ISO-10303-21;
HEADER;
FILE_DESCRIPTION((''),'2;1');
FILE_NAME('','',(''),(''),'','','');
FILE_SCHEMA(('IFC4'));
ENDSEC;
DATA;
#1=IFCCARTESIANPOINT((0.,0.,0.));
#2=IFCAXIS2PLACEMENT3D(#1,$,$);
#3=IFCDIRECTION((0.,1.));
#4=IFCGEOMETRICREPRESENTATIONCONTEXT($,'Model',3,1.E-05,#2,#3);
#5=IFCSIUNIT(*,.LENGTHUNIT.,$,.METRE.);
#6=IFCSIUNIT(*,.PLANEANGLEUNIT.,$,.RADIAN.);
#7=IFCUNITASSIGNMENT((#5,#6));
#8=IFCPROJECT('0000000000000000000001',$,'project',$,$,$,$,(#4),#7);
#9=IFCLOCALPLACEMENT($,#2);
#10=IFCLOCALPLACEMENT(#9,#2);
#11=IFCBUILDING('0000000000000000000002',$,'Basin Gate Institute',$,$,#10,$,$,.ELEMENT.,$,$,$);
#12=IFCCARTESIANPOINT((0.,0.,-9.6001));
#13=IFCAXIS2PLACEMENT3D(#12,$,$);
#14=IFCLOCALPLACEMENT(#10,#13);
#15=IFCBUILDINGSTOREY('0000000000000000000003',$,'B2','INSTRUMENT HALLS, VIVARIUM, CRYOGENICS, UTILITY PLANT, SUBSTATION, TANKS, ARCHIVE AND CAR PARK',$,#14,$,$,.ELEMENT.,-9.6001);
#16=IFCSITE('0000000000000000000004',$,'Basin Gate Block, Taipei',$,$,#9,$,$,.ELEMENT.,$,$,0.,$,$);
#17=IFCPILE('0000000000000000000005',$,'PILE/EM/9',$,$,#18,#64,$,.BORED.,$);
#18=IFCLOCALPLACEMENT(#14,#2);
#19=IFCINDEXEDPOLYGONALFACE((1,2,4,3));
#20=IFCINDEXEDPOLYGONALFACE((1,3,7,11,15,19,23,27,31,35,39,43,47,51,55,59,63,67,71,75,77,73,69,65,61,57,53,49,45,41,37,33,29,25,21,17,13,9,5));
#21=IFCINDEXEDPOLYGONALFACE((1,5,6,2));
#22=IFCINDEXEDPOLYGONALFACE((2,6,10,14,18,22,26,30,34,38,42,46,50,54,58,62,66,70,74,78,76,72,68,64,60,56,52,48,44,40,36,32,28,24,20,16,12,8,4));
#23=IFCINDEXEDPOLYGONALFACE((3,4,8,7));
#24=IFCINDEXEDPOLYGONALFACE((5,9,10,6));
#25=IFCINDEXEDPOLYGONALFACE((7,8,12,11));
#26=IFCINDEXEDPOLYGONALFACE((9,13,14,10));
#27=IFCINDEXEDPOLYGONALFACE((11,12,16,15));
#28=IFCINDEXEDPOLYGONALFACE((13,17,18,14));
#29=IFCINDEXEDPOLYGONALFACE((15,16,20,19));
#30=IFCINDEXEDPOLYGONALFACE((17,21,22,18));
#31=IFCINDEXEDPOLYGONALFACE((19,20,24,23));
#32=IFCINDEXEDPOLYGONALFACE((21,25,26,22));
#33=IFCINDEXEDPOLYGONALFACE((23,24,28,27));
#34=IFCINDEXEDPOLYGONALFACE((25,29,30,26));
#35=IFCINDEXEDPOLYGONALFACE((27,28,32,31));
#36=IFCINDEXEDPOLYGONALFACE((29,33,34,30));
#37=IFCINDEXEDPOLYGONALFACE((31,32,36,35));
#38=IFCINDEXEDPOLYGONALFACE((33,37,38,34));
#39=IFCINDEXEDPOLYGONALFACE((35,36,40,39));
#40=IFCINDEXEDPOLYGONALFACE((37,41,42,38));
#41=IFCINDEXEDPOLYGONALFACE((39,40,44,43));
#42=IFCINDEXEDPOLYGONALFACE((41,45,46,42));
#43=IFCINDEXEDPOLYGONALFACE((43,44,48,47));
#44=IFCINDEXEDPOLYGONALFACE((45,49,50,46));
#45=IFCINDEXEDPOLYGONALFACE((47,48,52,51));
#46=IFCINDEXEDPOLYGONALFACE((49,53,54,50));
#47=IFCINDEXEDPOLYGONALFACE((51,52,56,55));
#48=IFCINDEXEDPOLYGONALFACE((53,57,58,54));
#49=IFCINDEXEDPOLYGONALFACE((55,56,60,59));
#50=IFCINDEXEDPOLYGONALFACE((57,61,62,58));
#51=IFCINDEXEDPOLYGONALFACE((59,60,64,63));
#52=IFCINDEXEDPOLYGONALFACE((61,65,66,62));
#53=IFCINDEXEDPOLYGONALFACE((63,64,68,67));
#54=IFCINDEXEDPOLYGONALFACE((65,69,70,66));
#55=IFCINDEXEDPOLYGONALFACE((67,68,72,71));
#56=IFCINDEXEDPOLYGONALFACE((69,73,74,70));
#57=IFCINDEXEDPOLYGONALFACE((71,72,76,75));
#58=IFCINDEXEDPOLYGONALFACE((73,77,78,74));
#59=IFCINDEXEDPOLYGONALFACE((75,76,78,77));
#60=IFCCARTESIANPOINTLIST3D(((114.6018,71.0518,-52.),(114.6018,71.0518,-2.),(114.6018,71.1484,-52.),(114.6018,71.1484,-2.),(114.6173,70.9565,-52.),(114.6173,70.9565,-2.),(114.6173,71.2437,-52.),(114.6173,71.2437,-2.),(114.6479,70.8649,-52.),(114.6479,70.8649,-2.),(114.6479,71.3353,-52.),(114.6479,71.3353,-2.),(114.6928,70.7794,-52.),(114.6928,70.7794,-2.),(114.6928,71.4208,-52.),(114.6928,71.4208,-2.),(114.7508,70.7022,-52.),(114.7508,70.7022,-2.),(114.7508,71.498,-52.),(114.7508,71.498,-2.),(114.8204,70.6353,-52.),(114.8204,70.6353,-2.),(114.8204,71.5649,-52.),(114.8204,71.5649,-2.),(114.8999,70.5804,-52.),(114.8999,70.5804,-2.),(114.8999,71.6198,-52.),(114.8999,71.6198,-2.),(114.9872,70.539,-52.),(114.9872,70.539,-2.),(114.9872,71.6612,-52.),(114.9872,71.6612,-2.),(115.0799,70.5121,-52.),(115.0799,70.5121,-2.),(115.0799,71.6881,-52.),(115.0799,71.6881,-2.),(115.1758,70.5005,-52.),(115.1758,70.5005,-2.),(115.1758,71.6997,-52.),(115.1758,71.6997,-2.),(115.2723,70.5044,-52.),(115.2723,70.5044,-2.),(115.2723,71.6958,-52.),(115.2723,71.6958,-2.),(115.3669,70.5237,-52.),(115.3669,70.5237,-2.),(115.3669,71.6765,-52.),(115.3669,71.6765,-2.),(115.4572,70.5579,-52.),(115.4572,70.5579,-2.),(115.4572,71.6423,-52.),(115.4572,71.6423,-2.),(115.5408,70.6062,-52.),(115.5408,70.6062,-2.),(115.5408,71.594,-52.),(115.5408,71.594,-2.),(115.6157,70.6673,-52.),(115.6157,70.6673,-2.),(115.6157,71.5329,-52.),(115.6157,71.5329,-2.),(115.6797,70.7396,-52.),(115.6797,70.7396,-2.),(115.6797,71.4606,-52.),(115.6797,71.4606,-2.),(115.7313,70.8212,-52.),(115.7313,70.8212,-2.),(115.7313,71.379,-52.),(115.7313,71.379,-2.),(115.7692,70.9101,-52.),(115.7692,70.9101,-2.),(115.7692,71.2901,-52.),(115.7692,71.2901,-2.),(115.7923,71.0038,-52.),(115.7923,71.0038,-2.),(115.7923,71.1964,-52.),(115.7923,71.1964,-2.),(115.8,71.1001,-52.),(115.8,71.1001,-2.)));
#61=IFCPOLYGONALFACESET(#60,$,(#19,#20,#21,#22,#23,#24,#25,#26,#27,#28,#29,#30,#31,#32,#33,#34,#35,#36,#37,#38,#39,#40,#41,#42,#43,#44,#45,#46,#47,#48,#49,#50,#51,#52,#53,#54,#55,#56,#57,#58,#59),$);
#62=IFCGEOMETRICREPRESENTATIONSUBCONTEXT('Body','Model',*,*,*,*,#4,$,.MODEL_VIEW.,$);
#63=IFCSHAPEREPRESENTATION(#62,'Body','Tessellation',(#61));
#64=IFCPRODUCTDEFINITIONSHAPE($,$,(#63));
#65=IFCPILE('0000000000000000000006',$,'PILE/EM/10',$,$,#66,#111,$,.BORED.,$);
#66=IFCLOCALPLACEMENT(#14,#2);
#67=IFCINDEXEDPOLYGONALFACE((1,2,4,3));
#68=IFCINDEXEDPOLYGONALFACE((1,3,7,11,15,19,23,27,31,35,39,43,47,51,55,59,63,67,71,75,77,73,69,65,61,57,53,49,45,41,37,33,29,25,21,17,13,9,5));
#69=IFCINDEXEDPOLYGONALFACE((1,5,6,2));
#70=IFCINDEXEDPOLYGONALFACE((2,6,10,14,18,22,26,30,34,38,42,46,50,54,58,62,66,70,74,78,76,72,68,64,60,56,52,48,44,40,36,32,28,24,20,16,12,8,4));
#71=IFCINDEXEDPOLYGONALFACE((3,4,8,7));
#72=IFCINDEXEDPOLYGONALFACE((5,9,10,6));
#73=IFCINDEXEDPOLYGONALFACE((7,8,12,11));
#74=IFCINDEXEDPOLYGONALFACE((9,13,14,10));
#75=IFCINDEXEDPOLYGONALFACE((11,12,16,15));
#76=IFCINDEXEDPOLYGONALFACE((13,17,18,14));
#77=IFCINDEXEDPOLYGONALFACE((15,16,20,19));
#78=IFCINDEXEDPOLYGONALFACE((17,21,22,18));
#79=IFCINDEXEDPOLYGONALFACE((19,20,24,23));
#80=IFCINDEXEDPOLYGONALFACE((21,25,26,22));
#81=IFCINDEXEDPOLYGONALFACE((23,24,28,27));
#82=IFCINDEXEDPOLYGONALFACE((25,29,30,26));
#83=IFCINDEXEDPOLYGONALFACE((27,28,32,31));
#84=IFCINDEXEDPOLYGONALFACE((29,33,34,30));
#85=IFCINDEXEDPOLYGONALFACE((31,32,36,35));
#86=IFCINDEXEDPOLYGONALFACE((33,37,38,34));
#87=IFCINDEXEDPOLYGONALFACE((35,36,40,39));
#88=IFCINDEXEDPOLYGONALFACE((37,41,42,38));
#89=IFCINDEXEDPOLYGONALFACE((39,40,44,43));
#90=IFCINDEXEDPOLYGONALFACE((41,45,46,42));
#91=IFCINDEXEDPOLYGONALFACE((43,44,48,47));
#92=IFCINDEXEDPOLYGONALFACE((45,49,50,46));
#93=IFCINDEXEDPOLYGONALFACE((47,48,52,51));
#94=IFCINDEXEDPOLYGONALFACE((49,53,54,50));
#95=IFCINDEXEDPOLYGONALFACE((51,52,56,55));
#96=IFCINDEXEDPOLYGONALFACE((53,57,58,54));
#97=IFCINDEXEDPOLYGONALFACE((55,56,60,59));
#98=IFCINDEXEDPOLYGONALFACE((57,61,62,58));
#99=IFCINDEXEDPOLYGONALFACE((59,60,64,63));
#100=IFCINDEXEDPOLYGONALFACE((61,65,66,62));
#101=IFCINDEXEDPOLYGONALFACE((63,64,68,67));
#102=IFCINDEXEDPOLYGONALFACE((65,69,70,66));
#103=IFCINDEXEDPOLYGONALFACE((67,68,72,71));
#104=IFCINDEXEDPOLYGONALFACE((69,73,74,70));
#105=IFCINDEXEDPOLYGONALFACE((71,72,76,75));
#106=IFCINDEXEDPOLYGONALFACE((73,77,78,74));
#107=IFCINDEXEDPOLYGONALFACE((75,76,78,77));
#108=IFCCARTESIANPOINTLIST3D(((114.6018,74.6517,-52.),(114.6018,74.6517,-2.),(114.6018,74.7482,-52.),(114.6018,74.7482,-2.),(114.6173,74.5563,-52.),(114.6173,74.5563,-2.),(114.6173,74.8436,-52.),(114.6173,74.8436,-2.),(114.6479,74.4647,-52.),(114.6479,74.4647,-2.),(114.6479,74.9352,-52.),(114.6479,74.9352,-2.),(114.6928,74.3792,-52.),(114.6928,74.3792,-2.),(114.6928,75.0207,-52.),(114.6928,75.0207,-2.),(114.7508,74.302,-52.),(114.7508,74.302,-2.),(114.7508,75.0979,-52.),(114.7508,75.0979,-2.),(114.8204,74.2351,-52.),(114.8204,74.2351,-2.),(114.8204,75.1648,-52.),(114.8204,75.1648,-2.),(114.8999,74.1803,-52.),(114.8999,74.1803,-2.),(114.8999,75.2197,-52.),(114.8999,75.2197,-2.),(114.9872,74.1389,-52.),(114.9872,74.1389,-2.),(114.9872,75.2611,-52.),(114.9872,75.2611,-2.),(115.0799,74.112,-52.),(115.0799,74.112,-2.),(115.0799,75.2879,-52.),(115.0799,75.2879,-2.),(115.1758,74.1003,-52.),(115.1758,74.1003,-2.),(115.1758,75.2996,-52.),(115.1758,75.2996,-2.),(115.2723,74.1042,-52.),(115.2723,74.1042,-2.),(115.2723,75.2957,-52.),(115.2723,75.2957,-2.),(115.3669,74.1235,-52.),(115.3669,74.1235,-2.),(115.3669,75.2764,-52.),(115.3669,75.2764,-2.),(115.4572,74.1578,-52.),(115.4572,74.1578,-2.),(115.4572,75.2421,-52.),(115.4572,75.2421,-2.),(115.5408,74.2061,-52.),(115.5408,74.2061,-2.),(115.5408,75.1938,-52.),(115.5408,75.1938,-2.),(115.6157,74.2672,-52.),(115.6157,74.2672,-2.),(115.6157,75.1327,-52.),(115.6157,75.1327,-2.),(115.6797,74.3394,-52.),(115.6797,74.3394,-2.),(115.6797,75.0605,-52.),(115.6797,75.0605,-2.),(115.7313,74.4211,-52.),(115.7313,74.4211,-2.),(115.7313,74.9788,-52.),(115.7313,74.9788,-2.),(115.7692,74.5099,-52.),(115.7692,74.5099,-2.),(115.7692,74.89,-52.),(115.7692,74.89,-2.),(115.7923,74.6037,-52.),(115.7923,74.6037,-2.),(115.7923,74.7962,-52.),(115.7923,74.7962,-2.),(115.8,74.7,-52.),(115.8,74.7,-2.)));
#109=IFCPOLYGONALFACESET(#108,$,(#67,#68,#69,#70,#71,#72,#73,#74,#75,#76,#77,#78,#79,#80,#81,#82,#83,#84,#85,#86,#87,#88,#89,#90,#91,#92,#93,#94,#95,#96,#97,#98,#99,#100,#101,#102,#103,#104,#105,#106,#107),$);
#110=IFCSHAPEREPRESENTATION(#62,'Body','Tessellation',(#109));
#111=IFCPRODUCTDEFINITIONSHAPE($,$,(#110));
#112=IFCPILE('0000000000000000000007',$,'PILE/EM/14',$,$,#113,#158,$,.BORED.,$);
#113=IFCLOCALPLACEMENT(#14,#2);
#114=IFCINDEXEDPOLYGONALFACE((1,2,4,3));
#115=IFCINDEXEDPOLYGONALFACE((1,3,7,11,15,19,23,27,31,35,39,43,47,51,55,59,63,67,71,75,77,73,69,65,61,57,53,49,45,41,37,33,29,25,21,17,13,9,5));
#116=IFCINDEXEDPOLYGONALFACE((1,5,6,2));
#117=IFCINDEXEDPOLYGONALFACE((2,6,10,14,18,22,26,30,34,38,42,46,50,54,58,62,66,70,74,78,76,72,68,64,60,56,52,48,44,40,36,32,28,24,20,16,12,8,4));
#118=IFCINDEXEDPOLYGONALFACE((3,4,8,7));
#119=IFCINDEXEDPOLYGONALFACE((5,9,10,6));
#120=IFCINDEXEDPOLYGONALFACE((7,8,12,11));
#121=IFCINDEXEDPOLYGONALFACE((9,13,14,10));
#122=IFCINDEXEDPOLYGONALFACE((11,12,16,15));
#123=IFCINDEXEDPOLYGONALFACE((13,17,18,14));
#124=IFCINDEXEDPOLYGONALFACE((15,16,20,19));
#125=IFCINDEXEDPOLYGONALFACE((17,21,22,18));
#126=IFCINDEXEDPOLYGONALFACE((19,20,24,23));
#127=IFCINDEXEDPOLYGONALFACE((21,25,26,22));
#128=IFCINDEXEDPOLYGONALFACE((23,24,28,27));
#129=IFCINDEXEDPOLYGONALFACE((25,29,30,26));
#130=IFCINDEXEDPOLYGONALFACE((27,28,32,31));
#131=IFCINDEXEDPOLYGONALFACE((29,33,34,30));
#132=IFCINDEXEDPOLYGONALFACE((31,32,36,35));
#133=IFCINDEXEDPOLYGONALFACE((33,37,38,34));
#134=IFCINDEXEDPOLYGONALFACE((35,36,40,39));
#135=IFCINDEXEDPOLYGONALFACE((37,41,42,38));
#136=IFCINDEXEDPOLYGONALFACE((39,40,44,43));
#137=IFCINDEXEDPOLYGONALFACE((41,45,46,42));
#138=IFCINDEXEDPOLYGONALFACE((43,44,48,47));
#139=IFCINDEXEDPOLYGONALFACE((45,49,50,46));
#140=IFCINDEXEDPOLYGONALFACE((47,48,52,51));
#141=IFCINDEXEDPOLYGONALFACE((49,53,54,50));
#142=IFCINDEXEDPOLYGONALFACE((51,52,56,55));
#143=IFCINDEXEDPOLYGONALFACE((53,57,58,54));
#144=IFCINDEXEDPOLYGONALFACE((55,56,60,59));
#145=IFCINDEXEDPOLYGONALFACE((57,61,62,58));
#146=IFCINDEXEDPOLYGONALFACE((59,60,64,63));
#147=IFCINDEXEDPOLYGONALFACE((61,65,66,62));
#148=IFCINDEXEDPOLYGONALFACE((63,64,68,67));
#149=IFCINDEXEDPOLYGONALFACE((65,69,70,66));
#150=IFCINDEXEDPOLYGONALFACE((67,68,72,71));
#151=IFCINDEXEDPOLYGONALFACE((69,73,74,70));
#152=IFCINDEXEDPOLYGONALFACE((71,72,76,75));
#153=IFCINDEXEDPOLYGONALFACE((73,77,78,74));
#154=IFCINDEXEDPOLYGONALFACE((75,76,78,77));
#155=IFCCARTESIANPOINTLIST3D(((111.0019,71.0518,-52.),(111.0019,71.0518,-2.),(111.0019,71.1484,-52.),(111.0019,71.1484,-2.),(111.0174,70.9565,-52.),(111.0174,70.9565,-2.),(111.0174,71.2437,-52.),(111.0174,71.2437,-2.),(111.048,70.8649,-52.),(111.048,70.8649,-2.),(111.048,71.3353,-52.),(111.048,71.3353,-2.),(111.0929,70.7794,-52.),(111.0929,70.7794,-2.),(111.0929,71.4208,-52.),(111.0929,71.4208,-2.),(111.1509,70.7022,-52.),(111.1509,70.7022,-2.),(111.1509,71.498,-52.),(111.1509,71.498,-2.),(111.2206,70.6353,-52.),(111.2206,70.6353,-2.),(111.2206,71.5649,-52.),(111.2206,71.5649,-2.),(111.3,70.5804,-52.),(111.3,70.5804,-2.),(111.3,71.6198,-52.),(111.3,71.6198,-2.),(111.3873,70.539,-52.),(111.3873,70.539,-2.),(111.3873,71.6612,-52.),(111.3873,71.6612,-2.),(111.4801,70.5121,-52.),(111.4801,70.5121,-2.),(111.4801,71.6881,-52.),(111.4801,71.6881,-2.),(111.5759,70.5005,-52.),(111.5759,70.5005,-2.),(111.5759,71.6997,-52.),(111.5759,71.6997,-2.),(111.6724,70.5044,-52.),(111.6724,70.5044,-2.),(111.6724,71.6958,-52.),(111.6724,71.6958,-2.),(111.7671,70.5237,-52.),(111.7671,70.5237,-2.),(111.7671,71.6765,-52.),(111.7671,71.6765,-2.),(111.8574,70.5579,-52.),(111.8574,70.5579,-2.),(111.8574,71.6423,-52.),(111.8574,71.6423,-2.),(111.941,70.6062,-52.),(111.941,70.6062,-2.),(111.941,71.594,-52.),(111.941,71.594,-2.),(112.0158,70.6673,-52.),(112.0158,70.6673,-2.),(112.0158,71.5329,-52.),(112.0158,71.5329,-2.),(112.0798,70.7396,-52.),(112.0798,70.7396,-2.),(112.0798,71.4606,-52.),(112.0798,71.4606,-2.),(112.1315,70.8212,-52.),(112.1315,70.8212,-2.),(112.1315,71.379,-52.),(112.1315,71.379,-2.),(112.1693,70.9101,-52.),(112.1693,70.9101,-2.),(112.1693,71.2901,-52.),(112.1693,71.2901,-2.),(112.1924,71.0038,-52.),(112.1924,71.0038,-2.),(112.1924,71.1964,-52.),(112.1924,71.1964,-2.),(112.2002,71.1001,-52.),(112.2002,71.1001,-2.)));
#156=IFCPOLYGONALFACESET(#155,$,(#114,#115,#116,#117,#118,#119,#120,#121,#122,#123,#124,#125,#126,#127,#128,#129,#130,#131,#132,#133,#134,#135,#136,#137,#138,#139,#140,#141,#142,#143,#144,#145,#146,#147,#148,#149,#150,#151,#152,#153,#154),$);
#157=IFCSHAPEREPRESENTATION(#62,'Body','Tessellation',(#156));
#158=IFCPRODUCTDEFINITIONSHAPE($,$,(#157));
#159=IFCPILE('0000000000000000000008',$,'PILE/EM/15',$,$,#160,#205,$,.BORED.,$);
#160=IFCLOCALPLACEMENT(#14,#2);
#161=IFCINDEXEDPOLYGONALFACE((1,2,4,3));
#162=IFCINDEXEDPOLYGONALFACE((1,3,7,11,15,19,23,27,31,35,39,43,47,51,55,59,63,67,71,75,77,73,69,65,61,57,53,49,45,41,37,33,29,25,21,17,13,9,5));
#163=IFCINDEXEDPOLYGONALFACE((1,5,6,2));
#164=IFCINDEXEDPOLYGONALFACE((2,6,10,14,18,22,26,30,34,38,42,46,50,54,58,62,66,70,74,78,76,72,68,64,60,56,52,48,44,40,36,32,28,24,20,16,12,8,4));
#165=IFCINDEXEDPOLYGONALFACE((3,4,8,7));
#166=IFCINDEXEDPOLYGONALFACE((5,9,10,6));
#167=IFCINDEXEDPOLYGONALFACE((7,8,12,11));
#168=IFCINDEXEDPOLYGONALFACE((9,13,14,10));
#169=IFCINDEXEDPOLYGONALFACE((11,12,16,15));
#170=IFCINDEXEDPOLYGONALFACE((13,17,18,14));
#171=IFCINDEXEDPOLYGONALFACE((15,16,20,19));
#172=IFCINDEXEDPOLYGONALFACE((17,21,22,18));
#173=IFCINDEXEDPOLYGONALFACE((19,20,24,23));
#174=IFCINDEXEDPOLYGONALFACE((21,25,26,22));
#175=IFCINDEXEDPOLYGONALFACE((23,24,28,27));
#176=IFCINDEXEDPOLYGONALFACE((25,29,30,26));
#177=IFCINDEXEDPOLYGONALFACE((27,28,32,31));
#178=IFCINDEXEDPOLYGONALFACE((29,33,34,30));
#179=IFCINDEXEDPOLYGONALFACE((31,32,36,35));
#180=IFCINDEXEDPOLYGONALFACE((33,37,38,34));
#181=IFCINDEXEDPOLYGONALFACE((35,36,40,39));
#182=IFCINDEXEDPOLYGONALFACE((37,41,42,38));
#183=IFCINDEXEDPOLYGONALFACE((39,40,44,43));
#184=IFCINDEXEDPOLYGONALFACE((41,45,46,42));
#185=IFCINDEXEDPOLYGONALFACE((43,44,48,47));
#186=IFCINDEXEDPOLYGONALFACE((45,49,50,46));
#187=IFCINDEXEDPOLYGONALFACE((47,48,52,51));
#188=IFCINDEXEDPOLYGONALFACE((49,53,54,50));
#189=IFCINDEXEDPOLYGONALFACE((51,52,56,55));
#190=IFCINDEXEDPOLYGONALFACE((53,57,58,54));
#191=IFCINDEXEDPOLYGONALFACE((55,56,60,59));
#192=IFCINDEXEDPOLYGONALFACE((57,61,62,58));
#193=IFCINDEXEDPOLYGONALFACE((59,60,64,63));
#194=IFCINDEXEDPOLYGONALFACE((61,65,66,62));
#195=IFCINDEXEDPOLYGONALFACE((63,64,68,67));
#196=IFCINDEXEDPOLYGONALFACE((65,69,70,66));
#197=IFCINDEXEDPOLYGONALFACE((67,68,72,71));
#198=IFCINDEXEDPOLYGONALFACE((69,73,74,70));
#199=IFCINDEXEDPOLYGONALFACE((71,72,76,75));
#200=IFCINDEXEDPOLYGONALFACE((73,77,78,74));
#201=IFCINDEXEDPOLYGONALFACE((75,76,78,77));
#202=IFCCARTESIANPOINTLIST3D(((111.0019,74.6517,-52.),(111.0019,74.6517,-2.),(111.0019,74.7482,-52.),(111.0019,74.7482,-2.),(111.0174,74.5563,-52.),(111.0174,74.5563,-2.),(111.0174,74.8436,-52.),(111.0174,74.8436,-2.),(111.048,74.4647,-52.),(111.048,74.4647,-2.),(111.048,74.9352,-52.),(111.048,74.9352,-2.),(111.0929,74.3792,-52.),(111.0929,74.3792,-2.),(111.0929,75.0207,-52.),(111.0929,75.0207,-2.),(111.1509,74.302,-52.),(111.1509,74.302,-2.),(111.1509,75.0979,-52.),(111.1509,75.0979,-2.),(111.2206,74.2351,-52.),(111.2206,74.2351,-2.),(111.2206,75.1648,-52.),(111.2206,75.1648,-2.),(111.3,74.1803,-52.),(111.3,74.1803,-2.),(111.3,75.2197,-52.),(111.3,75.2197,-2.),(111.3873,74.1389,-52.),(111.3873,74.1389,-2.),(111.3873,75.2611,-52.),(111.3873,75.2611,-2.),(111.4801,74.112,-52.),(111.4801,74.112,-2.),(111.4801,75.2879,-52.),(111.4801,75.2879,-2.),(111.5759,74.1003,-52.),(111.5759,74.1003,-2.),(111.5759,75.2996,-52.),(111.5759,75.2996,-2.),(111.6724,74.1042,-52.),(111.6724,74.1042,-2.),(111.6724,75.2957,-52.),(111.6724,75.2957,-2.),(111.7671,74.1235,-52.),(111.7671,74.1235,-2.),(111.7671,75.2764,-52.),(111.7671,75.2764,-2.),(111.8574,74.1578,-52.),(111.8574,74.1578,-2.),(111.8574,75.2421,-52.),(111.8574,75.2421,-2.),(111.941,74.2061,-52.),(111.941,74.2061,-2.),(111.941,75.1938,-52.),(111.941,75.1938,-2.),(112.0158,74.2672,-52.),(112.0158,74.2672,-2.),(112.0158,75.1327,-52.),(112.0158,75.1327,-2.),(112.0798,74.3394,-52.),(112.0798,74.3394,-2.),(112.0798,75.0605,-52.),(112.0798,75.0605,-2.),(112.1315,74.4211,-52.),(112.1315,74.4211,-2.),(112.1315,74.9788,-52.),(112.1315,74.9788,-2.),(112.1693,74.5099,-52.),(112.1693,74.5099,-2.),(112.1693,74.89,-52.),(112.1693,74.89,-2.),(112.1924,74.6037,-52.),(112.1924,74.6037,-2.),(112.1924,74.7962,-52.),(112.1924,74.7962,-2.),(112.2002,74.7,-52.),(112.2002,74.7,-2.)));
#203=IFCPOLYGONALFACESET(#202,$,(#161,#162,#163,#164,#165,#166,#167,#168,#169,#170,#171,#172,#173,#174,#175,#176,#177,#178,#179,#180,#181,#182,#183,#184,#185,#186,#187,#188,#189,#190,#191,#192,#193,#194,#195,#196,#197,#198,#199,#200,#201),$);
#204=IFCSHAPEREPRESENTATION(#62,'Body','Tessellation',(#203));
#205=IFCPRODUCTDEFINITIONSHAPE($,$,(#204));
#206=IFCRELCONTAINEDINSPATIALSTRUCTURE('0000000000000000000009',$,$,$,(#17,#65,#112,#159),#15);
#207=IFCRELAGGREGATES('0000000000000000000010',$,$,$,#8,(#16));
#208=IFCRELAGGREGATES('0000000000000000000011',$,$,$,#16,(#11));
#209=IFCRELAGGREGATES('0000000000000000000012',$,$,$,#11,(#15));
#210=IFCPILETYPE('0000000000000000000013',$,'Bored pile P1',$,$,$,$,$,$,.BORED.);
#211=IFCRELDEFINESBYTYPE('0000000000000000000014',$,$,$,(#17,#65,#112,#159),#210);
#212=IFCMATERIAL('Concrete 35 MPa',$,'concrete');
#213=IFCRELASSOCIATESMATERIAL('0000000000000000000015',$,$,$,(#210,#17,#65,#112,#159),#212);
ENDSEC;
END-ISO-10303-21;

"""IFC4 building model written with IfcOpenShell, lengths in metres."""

from ifc_helpers import new_model, si_unit, direction, frame, origin, origin_2d, place, context, subcontext, project, spatial, circle, extrude, material, material_profile, profile_set, type_object, element, save


model = new_model("IFC4")

# Units and contexts
model_context = context("Model", 3, precision=1e-05, world=origin(), true_north=direction((0.0, 1.0)))
body_context = subcontext(model_context, "Body", "Model", "MODEL_VIEW")
ifc_project = project(units=[si_unit("LENGTHUNIT", "METRE"), si_unit("PLANEANGLEUNIT", "RADIAN")], contexts=[model_context])

# Site, building, storey
site_placement = place(None, origin())
site = spatial("IfcSite", under=ifc_project, at=site_placement, Name="Basin Gate Block, Taipei", CompositionType="ELEMENT", RefElevation=0.0)
building_placement = place(site_placement, origin())
building = spatial("IfcBuilding", under=site, at=building_placement, Name="Basin Gate Institute", CompositionType="ELEMENT")
storey_placement = place(building_placement, frame((0.0, 0.0, -9.6001)))
storey = spatial("IfcBuildingStorey", under=building, at=storey_placement, Name="B2", Description="INSTRUMENT HALLS, VIVARIUM, CRYOGENICS, UTILITY PLANT, SUBSTATION, TANKS, ARCHIVE AND CAR PARK", CompositionType="ELEMENT", Elevation=-9.6001)

# Piles
ifc_material_1 = material(Name="Concrete 35 MPa", Category="concrete")
ifc_material_profile_1 = material_profile(ifc_material_1, circle(Radius=0.6001, at=origin_2d()), Name="Bored pile P1 1200 dia")
ifc_profile_set_1 = profile_set([ifc_material_profile_1], Name="Concrete 35 MPa")
pile_type = type_object("IfcPileType", Name="Bored pile P1", PredefinedType="BORED", material=ifc_profile_set_1)
for number, where, z_axis, x_axis, name in (
    (1, (115.2, 71.1001, -2.0), (0.0, 0.0, -1.0), (1.0, 0.0, 0.0), "PILE/EM/9"),
    (2, (115.2, 74.7, -2.0), (0.0, 0.0, -1.0), (1.0, 0.0, 0.0), "PILE/EM/10"),
    (3, (111.6001, 71.1001, -2.0), (0.0, 0.0, -1.0), (1.0, 0.0, 0.0), "PILE/EM/14"),
    (4, (111.6001, 74.7, -2.0), (0.0, 0.0, -1.0), (1.0, 0.0, 0.0), "PILE/EM/15"),
):
    element("IfcPile", number, at=place(storey_placement, frame(where, z_axis=z_axis, x_axis=x_axis)), inside=storey, type_object=pile_type, material=ifc_profile_set_1, Name=name, PredefinedType="BORED", context=body_context, shape_type="SweptSolid", body=[
        extrude(circle(Radius=0.6001, at=origin_2d()), origin(), (0.0, 0.0, 1.0), 50.0),
    ])

save(model, "model.ifc")
